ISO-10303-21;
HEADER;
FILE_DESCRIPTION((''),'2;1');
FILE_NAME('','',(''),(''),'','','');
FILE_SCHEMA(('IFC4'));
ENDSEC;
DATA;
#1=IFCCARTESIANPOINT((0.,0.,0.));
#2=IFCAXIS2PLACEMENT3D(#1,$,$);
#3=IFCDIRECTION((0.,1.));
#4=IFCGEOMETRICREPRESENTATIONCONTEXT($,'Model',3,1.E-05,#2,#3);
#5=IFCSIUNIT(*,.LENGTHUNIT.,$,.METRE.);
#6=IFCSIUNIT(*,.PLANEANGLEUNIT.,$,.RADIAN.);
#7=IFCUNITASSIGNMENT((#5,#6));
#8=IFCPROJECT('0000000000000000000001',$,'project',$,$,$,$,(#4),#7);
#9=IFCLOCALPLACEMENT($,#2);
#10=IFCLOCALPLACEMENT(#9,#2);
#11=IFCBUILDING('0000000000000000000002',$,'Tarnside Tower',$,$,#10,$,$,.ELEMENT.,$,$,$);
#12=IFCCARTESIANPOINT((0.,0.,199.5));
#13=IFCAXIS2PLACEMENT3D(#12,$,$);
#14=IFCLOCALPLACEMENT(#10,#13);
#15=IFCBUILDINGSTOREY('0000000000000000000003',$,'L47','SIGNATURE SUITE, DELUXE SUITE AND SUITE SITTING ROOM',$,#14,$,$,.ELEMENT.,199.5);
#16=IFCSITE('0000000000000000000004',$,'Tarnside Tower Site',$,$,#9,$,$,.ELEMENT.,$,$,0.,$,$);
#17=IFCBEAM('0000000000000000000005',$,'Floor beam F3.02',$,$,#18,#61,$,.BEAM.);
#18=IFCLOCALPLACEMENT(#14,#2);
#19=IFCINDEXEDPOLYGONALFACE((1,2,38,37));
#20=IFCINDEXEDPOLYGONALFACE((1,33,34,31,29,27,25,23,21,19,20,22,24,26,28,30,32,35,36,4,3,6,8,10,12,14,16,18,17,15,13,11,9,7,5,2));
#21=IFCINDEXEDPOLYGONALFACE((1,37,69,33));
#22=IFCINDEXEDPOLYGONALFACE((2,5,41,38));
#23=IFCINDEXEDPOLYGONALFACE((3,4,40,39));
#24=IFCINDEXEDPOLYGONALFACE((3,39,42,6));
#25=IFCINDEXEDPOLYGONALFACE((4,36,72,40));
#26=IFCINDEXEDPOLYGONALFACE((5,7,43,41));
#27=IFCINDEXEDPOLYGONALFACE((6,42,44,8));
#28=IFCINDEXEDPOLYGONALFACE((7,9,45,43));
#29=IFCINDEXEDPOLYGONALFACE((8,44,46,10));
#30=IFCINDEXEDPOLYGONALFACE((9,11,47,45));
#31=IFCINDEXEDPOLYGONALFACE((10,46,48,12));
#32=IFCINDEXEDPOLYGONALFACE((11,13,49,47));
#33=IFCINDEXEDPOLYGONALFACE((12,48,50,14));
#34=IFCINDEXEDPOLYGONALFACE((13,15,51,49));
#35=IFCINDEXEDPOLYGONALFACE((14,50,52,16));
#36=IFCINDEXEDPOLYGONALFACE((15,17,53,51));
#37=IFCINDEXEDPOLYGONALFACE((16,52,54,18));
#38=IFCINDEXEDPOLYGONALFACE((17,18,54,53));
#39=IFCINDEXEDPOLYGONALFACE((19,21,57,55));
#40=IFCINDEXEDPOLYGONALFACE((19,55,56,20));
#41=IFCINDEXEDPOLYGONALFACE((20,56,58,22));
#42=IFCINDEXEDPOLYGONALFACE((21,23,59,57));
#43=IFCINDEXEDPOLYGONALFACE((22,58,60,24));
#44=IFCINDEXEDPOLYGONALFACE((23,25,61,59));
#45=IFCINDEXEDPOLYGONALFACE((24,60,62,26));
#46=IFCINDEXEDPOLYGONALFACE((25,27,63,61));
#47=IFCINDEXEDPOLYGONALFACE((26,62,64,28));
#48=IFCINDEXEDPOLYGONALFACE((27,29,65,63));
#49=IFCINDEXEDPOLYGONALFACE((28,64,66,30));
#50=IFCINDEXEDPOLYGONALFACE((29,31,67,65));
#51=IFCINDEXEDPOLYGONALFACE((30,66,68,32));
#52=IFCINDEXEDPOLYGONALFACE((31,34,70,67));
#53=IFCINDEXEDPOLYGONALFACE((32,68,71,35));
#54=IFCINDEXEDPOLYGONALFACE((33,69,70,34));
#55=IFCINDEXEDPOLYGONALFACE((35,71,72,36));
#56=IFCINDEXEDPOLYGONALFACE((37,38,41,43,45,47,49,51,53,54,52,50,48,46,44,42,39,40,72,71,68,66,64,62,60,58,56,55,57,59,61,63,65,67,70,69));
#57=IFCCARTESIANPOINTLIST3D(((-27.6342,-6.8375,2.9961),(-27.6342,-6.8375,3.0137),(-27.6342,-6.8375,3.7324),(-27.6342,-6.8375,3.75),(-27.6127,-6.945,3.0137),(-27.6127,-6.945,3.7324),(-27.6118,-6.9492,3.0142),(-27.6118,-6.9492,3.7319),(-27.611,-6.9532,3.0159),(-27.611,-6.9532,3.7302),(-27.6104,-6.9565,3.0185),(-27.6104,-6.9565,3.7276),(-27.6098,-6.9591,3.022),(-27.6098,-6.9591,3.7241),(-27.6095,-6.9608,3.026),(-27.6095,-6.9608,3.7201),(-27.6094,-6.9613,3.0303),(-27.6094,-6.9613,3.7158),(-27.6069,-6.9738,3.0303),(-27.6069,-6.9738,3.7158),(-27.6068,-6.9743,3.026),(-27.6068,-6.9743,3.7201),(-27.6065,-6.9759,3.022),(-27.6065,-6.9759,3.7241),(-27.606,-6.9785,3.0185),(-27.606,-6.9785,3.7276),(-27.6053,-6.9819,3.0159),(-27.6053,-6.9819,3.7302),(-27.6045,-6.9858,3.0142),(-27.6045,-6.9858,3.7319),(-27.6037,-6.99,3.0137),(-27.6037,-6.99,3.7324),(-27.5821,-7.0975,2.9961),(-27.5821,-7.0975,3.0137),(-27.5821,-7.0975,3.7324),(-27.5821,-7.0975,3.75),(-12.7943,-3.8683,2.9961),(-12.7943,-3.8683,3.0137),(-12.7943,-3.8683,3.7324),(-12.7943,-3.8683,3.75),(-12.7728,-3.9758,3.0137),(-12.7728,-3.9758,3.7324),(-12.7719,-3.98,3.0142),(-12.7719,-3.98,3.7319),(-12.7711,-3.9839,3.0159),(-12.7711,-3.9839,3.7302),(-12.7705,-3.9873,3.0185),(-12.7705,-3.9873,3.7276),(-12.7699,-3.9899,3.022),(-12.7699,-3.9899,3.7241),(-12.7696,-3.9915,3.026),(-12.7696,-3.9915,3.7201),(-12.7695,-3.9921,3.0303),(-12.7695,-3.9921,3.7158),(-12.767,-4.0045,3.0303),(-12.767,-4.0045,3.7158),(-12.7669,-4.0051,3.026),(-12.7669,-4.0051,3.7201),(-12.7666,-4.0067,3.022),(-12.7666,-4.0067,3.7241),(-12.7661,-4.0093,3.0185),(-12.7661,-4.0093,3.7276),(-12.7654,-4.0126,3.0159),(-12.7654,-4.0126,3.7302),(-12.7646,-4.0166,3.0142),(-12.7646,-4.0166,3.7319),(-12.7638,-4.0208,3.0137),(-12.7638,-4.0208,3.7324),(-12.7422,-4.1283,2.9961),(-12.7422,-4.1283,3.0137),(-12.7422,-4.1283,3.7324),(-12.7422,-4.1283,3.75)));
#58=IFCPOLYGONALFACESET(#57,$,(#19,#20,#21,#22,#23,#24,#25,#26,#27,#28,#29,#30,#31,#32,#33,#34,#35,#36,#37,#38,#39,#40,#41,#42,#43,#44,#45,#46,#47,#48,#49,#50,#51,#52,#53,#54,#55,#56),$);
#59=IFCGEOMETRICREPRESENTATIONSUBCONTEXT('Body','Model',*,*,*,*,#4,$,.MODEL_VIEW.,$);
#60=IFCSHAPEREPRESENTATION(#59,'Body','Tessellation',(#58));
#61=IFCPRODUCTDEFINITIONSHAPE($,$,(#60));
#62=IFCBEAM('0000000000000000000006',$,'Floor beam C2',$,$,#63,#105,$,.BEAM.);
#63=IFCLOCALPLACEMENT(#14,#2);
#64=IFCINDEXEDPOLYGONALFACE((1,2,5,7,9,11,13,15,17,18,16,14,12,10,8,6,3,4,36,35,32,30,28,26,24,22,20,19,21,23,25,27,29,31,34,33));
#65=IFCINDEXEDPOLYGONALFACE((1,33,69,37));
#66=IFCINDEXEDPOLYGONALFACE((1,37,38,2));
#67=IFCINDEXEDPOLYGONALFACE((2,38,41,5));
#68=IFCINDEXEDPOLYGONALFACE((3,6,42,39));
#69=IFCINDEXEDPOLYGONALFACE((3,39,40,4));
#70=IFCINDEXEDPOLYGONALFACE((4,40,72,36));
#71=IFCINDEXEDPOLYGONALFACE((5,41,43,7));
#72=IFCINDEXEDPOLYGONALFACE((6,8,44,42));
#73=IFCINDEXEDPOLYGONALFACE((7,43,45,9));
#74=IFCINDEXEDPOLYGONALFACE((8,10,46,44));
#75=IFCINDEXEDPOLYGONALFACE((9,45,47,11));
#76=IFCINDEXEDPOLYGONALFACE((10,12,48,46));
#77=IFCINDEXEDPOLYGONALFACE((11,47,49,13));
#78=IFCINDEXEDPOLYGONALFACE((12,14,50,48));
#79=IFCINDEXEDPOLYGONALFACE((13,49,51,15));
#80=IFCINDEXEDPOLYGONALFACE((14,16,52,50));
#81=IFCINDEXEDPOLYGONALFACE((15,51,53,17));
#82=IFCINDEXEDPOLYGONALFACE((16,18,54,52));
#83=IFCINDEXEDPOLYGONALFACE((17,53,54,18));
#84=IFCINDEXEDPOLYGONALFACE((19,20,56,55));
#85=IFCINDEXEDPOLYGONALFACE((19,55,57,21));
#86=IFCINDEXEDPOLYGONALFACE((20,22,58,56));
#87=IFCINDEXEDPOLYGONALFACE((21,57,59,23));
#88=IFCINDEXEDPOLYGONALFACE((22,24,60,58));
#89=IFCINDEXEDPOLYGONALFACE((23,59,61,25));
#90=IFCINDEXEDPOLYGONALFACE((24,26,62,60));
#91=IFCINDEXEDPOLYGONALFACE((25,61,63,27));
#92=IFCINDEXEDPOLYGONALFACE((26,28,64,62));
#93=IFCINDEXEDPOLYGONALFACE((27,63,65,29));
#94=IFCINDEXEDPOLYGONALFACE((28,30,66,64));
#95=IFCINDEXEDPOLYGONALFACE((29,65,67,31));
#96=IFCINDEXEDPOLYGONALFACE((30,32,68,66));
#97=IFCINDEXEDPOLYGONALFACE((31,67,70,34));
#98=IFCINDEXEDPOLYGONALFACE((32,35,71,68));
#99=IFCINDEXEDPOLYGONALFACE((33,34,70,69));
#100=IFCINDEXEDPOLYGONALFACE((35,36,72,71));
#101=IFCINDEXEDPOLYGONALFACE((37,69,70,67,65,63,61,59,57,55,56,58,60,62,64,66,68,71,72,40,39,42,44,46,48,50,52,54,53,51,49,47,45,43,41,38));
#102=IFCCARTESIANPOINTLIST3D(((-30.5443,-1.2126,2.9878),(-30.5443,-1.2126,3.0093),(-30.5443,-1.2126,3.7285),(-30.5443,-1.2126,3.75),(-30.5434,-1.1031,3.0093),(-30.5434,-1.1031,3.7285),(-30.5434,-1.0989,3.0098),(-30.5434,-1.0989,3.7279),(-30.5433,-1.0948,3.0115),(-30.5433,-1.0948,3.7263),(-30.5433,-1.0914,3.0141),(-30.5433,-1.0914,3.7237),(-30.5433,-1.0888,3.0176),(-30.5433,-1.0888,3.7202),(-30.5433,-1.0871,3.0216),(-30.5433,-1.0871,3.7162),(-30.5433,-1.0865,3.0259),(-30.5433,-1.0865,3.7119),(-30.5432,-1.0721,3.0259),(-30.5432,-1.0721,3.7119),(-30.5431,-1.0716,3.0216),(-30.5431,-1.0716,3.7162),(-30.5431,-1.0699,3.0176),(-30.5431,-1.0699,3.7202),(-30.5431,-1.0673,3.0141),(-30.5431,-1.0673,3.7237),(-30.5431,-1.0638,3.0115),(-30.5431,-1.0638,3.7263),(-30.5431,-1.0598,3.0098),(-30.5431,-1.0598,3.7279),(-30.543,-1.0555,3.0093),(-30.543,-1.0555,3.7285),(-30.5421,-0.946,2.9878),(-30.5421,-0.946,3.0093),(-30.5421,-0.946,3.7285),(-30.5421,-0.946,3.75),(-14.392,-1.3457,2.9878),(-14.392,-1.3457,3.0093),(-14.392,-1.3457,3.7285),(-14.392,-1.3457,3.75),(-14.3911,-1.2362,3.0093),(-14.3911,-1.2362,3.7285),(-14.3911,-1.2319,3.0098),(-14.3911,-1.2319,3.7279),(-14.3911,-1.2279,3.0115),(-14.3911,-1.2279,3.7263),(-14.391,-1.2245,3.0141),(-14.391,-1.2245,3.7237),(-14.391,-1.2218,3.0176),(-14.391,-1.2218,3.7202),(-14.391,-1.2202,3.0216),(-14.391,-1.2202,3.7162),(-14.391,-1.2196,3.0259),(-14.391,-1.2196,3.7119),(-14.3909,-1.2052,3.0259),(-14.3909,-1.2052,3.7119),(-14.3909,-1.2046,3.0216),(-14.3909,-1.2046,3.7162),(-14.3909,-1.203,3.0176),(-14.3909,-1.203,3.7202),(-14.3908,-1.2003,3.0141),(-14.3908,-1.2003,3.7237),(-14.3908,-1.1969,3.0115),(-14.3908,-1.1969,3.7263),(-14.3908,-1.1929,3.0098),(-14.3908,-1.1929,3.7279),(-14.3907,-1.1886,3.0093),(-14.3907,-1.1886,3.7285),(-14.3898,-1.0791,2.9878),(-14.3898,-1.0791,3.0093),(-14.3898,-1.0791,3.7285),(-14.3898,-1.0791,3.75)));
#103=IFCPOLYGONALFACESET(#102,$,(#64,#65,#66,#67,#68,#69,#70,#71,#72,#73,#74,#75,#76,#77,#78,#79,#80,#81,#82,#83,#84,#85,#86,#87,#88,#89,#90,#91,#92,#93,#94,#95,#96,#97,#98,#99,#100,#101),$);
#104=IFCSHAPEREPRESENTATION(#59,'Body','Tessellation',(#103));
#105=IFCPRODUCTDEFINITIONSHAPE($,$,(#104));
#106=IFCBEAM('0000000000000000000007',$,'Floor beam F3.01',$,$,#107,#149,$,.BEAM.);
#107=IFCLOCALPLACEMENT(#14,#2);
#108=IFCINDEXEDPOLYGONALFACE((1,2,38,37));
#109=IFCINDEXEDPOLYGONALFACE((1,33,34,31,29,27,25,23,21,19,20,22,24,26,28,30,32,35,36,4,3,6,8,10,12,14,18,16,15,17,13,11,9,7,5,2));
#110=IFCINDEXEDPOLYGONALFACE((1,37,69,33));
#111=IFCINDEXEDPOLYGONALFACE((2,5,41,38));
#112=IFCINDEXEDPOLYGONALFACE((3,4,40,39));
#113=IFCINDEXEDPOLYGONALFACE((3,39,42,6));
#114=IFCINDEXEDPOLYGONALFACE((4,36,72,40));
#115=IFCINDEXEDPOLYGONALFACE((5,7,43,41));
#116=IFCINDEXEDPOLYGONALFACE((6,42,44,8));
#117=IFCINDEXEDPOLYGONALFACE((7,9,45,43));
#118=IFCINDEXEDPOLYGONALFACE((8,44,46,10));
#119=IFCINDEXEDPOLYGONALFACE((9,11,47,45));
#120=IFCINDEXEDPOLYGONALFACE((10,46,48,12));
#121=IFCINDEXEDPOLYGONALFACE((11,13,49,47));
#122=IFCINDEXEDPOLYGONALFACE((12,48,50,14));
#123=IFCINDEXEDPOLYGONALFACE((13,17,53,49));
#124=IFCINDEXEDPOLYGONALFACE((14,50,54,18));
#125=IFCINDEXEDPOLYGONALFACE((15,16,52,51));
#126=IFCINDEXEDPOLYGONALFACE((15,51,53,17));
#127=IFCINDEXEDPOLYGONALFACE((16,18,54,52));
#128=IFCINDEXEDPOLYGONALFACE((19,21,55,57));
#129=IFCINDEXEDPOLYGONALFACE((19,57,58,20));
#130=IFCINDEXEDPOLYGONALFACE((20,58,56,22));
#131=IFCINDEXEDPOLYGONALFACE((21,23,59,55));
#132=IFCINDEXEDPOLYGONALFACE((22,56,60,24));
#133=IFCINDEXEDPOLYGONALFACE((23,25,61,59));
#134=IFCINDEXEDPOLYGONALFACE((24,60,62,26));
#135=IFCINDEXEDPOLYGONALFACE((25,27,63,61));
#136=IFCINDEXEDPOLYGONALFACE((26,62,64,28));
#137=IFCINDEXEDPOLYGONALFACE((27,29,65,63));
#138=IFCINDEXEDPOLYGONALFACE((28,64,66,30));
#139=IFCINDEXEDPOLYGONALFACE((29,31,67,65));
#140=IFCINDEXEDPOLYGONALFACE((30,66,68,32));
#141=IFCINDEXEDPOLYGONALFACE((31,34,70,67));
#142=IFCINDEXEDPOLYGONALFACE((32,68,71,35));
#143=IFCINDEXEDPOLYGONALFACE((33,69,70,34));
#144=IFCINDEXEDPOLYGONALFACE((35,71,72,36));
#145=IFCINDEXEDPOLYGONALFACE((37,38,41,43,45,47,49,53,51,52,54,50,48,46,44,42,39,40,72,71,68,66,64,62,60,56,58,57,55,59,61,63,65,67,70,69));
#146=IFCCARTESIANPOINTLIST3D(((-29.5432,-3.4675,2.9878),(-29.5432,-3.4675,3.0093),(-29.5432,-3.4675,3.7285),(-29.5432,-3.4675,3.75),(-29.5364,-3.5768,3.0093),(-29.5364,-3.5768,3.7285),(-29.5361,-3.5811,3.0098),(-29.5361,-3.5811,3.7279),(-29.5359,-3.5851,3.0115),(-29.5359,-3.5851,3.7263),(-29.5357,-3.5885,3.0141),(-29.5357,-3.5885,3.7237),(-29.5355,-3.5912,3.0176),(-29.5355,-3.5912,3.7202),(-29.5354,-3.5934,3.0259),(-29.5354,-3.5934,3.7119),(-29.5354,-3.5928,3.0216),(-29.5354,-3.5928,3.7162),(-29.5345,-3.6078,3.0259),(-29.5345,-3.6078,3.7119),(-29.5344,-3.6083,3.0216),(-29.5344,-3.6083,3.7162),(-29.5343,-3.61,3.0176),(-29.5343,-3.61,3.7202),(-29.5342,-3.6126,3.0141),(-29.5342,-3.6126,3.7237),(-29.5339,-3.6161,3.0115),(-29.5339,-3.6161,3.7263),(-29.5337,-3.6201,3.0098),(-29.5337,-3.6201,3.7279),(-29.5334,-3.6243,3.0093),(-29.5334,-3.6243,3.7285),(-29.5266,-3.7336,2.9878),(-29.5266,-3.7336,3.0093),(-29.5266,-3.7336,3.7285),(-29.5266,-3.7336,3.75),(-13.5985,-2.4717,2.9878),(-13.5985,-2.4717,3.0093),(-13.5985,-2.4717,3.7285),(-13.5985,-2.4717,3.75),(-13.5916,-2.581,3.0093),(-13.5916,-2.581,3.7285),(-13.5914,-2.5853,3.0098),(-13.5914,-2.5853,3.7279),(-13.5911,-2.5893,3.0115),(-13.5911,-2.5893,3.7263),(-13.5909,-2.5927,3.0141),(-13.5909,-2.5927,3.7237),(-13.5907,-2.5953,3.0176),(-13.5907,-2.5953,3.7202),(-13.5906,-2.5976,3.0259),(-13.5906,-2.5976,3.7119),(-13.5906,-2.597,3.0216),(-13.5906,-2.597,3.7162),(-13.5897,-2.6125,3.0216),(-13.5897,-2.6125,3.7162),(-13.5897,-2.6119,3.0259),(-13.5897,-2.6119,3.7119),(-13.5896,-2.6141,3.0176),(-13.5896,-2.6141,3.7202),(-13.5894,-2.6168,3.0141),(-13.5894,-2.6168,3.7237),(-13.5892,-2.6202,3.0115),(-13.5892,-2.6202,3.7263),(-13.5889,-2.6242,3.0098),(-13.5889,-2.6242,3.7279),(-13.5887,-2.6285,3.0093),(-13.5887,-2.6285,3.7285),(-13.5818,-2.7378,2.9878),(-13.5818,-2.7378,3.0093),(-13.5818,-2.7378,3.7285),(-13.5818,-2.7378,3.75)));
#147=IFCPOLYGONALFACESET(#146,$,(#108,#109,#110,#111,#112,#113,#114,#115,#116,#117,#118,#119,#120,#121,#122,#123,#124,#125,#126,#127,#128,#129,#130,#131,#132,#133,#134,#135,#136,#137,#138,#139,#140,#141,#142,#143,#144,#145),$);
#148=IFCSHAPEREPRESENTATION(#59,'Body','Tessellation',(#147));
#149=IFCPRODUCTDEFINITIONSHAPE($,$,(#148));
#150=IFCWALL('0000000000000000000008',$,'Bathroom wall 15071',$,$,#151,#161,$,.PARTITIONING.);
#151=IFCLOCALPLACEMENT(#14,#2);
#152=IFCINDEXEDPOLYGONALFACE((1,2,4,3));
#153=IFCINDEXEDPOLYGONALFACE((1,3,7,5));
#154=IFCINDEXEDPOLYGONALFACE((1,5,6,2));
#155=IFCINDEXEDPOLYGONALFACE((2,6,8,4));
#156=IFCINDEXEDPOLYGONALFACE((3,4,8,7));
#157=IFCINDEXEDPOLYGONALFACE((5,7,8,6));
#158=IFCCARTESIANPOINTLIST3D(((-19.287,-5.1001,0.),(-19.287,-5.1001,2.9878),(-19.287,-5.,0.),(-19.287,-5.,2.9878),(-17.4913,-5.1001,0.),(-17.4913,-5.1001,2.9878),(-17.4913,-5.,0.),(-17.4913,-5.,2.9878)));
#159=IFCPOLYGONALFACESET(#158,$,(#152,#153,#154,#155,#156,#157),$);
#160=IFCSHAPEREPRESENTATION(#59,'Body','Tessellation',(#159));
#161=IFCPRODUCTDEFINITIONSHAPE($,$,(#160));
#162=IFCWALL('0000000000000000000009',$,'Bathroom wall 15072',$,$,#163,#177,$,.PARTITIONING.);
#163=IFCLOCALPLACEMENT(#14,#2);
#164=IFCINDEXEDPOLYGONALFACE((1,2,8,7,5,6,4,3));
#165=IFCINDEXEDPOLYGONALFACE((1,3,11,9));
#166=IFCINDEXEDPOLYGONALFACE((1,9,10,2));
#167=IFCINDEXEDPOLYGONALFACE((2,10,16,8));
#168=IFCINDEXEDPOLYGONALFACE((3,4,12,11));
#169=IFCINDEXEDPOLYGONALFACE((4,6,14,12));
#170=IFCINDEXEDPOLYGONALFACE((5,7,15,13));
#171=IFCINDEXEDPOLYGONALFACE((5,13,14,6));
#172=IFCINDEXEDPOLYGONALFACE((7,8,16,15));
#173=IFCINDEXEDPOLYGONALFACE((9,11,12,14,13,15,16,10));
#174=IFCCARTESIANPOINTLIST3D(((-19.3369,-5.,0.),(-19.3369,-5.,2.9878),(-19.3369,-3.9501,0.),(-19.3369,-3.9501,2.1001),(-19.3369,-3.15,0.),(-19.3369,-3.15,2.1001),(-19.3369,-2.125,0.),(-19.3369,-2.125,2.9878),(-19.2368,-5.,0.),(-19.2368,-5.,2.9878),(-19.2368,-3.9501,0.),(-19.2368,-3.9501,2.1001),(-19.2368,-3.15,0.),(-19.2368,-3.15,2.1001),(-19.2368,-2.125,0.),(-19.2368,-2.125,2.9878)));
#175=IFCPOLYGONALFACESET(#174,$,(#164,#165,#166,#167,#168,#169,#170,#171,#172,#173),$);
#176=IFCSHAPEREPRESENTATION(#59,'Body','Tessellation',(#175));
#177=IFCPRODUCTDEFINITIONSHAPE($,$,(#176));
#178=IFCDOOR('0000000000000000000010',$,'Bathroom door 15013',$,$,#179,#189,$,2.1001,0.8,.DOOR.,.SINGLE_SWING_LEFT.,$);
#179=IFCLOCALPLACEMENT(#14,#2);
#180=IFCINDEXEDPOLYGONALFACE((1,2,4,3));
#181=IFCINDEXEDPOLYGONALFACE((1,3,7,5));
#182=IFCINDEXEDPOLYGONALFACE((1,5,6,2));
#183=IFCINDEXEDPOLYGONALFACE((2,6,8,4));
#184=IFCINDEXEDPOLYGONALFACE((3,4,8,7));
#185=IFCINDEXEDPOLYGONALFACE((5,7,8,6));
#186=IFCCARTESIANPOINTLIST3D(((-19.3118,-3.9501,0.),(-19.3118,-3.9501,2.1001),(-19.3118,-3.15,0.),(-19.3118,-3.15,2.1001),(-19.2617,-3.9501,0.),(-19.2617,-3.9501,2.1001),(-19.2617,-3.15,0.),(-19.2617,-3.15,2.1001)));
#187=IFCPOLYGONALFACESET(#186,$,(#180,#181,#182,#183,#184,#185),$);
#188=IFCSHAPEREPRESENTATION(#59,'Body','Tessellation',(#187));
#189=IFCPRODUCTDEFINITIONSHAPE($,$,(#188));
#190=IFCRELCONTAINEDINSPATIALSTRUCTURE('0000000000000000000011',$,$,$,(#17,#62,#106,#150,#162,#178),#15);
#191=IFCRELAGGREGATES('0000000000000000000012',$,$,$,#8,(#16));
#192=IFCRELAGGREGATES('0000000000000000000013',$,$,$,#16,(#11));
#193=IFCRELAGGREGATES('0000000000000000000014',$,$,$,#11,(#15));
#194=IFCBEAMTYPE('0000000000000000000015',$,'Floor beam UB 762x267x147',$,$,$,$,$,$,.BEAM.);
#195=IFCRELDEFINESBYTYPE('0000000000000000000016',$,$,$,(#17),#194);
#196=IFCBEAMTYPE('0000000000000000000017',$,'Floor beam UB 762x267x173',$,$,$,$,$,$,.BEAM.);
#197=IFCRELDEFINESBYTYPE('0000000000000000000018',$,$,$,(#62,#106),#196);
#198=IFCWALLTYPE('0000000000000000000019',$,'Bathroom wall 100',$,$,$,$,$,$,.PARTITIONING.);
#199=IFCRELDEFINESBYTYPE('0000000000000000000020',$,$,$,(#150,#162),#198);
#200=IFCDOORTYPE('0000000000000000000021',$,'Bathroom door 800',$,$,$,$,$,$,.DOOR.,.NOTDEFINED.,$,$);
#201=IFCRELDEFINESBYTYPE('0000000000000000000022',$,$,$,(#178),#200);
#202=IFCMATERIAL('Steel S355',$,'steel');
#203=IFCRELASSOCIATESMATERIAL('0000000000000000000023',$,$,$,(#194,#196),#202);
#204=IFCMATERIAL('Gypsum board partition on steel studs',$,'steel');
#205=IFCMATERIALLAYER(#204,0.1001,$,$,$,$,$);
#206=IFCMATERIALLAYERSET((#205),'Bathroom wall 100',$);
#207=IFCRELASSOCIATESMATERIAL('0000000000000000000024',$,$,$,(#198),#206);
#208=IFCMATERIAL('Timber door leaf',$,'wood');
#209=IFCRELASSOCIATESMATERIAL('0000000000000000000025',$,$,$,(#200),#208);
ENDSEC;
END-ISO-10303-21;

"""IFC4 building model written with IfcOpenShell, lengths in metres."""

from ifc_helpers import new_model, si_unit, direction, frame, frame_2d, origin, origin_2d, place, context, subcontext, project, spatial, rectangle, i_section, extrude, material, layer, layer_set, material_profile, profile_set, type_object, element, fill, save


model = new_model("IFC4")

# Units and contexts
model_context = context("Model", 3, precision=1e-05, world=origin(), true_north=direction((0.0, 1.0)))
body_context = subcontext(model_context, "Body", "Model", "MODEL_VIEW")
ifc_project = project(units=[si_unit("LENGTHUNIT", "METRE"), si_unit("PLANEANGLEUNIT", "RADIAN")], contexts=[model_context])

# Site, building, storey
site_placement = place(None, origin())
site = spatial("IfcSite", under=ifc_project, at=site_placement, Name="Tarnside Tower Site", CompositionType="ELEMENT", RefElevation=0.0)
building_placement = place(site_placement, origin())
building = spatial("IfcBuilding", under=site, at=building_placement, Name="Tarnside Tower", CompositionType="ELEMENT")
storey_placement = place(building_placement, frame((0.0, 0.0, 199.5)))
storey = spatial("IfcBuildingStorey", under=building, at=storey_placement, Name="L47", Description="SIGNATURE SUITE, DELUXE SUITE AND SUITE SITTING ROOM", CompositionType="ELEMENT", Elevation=199.5)

# Beams
ifc_material_1 = material(Name="Steel S355", Category="steel")
ifc_material_profile_1 = material_profile(ifc_material_1, i_section(OverallWidth=0.2651, OverallDepth=0.7539, WebThickness=0.0127, FlangeThickness=0.0176, FilletRadius=0.0166, at=origin_2d()), Name="UB 762x267x147")
ifc_profile_set_1 = profile_set([ifc_material_profile_1], Name="Steel S355")
beam_type_1 = type_object("IfcBeamType", Name="Floor beam UB 762x267x147", PredefinedType="BEAM", material=ifc_profile_set_1)
beam_1_placement = place(storey_placement, frame((-27.6082, -6.9675, 3.373), z_axis=(0.980565, 0.196197, 0.0), x_axis=(-0.196197, 0.980565, 0.0)))
element("IfcBeam", 1, at=beam_1_placement, inside=storey, type_object=beam_type_1, Name="Floor beam F3.02", PredefinedType="BEAM", context=body_context, shape_type="SweptSolid", body=[
    extrude(i_section(OverallWidth=0.2651, OverallDepth=0.7539, WebThickness=0.0127, FlangeThickness=0.0176, FilletRadius=0.0166, at=origin_2d()), origin(), (0.0, 0.0, 1.0), 15.134),
])
ifc_material_profile_2 = material_profile(ifc_material_1, i_section(OverallWidth=0.2666, OverallDepth=0.7622, WebThickness=0.0144, FlangeThickness=0.0215, FilletRadius=0.0166, at=origin_2d()), Name="UB 762x267x173")
ifc_profile_set_2 = profile_set([ifc_material_profile_2], Name="Steel S355")
beam_type_2 = type_object("IfcBeamType", Name="Floor beam UB 762x267x173", PredefinedType="BEAM", material=ifc_profile_set_2)
beam_2_placement = place(storey_placement, frame((-30.5432, -1.0793, 3.3689), z_axis=(0.999966, -0.008237, 0.0), x_axis=(0.008237, 0.999966, 0.0)))
element("IfcBeam", 2, at=beam_2_placement, inside=storey, type_object=beam_type_2, Name="Floor beam C2", PredefinedType="BEAM", context=body_context, shape_type="SweptSolid", body=[
    extrude(i_section(OverallWidth=0.2666, OverallDepth=0.7622, WebThickness=0.0144, FlangeThickness=0.0215, FilletRadius=0.0166, at=origin_2d()), origin(), (0.0, 0.0, 1.0), 16.1528),
])
beam_3_placement = place(storey_placement, frame((-29.5349, -3.6006, 3.3689), z_axis=(0.998055, 0.062335, 0.0), x_axis=(-0.062335, 0.998055, 0.0)))
element("IfcBeam", 3, at=beam_3_placement, inside=storey, type_object=beam_type_2, Name="Floor beam F3.01", PredefinedType="BEAM", context=body_context, shape_type="SweptSolid", body=[
    extrude(i_section(OverallWidth=0.2666, OverallDepth=0.7622, WebThickness=0.0144, FlangeThickness=0.0215, FilletRadius=0.0166, at=origin_2d()), origin(), (0.0, 0.0, 1.0), 15.9758),
])

# Wall
ifc_material_2 = material(Name="Gypsum board partition on steel studs", Category="steel")
ifc_layer_1 = layer(ifc_material_2, 0.1001)
ifc_layer_set_1 = layer_set([ifc_layer_1], Name="Bathroom wall 100")
wall_type_1 = type_object("IfcWallType", Name="Bathroom wall 100", PredefinedType="PARTITIONING", material=ifc_layer_set_1)
wall_1_placement = place(storey_placement, frame((-17.4912, -5.05, 0.0), z_axis=(0.0, 0.0, 1.0), x_axis=(-1.0, 0.0, 0.0)))
element("IfcWall", 4, at=wall_1_placement, inside=storey, type_object=wall_type_1, Name="Bathroom wall 15071", PredefinedType="PARTITIONING", context=body_context, shape_type="SweptSolid", body=[
    extrude(rectangle(XDim=1.7957, YDim=0.1001, at=frame_2d((0.8979, 0.0))), origin(), (0.0, 0.0, 1.0), 2.9878),
])

# Wall, opening, door
wall_2_placement = place(storey_placement, frame((-19.2869, -5.0, 0.0), z_axis=(0.0, 0.0, 1.0), x_axis=(0.0, 1.0, 0.0)))
wall_2 = element("IfcWall", 5, at=wall_2_placement, inside=storey, type_object=wall_type_1, Name="Bathroom wall 15072", PredefinedType="PARTITIONING", context=body_context, shape_type="SweptSolid", body=[
    extrude(rectangle(XDim=2.875, YDim=0.1001, at=frame_2d((1.4375, 0.0))), origin(), (0.0, 0.0, 1.0), 2.9878),
])
opening_1_placement = place(wall_2_placement, frame((1.05, 0.0, 0.0)))
opening_1 = element("IfcOpeningElement", 6, at=opening_1_placement, cuts=wall_2, PredefinedType="OPENING", context=body_context, shape_type="SweptSolid", body=[
    extrude(rectangle(XDim=0.8, YDim=2.1001, at=frame_2d((0.3999, 1.05))), frame((0.0, 0.0601, 0.0), z_axis=(0.0, -1.0, 0.0), x_axis=(1.0, 0.0, 0.0)), (0.0, 0.0, 1.0), 0.1201),
])
ifc_material_3 = material(Name="Timber door leaf", Category="wood")
door_type_1 = type_object("IfcDoorType", Name="Bathroom door 800", OperationType="NOTDEFINED", PredefinedType="DOOR", material=ifc_material_3)
door_1_placement = place(opening_1_placement, origin())
door_1 = element("IfcDoor", 7, at=door_1_placement, inside=storey, type_object=door_type_1, Name="Bathroom door 15013", OperationType="SINGLE_SWING_LEFT", OverallHeight=2.1001, OverallWidth=0.8, PredefinedType="DOOR", context=body_context, shape_type="SweptSolid", body=[
    extrude(rectangle(XDim=0.8, YDim=2.1001, at=frame_2d((0.3999, 1.05))), frame((0.0, 0.0249, 0.0), z_axis=(0.0, -1.0, 0.0), x_axis=(1.0, 0.0, 0.0)), (0.0, 0.0, 1.0), 0.05),
])
fill(opening_1, door_1)

save(model, "model.ifc")
